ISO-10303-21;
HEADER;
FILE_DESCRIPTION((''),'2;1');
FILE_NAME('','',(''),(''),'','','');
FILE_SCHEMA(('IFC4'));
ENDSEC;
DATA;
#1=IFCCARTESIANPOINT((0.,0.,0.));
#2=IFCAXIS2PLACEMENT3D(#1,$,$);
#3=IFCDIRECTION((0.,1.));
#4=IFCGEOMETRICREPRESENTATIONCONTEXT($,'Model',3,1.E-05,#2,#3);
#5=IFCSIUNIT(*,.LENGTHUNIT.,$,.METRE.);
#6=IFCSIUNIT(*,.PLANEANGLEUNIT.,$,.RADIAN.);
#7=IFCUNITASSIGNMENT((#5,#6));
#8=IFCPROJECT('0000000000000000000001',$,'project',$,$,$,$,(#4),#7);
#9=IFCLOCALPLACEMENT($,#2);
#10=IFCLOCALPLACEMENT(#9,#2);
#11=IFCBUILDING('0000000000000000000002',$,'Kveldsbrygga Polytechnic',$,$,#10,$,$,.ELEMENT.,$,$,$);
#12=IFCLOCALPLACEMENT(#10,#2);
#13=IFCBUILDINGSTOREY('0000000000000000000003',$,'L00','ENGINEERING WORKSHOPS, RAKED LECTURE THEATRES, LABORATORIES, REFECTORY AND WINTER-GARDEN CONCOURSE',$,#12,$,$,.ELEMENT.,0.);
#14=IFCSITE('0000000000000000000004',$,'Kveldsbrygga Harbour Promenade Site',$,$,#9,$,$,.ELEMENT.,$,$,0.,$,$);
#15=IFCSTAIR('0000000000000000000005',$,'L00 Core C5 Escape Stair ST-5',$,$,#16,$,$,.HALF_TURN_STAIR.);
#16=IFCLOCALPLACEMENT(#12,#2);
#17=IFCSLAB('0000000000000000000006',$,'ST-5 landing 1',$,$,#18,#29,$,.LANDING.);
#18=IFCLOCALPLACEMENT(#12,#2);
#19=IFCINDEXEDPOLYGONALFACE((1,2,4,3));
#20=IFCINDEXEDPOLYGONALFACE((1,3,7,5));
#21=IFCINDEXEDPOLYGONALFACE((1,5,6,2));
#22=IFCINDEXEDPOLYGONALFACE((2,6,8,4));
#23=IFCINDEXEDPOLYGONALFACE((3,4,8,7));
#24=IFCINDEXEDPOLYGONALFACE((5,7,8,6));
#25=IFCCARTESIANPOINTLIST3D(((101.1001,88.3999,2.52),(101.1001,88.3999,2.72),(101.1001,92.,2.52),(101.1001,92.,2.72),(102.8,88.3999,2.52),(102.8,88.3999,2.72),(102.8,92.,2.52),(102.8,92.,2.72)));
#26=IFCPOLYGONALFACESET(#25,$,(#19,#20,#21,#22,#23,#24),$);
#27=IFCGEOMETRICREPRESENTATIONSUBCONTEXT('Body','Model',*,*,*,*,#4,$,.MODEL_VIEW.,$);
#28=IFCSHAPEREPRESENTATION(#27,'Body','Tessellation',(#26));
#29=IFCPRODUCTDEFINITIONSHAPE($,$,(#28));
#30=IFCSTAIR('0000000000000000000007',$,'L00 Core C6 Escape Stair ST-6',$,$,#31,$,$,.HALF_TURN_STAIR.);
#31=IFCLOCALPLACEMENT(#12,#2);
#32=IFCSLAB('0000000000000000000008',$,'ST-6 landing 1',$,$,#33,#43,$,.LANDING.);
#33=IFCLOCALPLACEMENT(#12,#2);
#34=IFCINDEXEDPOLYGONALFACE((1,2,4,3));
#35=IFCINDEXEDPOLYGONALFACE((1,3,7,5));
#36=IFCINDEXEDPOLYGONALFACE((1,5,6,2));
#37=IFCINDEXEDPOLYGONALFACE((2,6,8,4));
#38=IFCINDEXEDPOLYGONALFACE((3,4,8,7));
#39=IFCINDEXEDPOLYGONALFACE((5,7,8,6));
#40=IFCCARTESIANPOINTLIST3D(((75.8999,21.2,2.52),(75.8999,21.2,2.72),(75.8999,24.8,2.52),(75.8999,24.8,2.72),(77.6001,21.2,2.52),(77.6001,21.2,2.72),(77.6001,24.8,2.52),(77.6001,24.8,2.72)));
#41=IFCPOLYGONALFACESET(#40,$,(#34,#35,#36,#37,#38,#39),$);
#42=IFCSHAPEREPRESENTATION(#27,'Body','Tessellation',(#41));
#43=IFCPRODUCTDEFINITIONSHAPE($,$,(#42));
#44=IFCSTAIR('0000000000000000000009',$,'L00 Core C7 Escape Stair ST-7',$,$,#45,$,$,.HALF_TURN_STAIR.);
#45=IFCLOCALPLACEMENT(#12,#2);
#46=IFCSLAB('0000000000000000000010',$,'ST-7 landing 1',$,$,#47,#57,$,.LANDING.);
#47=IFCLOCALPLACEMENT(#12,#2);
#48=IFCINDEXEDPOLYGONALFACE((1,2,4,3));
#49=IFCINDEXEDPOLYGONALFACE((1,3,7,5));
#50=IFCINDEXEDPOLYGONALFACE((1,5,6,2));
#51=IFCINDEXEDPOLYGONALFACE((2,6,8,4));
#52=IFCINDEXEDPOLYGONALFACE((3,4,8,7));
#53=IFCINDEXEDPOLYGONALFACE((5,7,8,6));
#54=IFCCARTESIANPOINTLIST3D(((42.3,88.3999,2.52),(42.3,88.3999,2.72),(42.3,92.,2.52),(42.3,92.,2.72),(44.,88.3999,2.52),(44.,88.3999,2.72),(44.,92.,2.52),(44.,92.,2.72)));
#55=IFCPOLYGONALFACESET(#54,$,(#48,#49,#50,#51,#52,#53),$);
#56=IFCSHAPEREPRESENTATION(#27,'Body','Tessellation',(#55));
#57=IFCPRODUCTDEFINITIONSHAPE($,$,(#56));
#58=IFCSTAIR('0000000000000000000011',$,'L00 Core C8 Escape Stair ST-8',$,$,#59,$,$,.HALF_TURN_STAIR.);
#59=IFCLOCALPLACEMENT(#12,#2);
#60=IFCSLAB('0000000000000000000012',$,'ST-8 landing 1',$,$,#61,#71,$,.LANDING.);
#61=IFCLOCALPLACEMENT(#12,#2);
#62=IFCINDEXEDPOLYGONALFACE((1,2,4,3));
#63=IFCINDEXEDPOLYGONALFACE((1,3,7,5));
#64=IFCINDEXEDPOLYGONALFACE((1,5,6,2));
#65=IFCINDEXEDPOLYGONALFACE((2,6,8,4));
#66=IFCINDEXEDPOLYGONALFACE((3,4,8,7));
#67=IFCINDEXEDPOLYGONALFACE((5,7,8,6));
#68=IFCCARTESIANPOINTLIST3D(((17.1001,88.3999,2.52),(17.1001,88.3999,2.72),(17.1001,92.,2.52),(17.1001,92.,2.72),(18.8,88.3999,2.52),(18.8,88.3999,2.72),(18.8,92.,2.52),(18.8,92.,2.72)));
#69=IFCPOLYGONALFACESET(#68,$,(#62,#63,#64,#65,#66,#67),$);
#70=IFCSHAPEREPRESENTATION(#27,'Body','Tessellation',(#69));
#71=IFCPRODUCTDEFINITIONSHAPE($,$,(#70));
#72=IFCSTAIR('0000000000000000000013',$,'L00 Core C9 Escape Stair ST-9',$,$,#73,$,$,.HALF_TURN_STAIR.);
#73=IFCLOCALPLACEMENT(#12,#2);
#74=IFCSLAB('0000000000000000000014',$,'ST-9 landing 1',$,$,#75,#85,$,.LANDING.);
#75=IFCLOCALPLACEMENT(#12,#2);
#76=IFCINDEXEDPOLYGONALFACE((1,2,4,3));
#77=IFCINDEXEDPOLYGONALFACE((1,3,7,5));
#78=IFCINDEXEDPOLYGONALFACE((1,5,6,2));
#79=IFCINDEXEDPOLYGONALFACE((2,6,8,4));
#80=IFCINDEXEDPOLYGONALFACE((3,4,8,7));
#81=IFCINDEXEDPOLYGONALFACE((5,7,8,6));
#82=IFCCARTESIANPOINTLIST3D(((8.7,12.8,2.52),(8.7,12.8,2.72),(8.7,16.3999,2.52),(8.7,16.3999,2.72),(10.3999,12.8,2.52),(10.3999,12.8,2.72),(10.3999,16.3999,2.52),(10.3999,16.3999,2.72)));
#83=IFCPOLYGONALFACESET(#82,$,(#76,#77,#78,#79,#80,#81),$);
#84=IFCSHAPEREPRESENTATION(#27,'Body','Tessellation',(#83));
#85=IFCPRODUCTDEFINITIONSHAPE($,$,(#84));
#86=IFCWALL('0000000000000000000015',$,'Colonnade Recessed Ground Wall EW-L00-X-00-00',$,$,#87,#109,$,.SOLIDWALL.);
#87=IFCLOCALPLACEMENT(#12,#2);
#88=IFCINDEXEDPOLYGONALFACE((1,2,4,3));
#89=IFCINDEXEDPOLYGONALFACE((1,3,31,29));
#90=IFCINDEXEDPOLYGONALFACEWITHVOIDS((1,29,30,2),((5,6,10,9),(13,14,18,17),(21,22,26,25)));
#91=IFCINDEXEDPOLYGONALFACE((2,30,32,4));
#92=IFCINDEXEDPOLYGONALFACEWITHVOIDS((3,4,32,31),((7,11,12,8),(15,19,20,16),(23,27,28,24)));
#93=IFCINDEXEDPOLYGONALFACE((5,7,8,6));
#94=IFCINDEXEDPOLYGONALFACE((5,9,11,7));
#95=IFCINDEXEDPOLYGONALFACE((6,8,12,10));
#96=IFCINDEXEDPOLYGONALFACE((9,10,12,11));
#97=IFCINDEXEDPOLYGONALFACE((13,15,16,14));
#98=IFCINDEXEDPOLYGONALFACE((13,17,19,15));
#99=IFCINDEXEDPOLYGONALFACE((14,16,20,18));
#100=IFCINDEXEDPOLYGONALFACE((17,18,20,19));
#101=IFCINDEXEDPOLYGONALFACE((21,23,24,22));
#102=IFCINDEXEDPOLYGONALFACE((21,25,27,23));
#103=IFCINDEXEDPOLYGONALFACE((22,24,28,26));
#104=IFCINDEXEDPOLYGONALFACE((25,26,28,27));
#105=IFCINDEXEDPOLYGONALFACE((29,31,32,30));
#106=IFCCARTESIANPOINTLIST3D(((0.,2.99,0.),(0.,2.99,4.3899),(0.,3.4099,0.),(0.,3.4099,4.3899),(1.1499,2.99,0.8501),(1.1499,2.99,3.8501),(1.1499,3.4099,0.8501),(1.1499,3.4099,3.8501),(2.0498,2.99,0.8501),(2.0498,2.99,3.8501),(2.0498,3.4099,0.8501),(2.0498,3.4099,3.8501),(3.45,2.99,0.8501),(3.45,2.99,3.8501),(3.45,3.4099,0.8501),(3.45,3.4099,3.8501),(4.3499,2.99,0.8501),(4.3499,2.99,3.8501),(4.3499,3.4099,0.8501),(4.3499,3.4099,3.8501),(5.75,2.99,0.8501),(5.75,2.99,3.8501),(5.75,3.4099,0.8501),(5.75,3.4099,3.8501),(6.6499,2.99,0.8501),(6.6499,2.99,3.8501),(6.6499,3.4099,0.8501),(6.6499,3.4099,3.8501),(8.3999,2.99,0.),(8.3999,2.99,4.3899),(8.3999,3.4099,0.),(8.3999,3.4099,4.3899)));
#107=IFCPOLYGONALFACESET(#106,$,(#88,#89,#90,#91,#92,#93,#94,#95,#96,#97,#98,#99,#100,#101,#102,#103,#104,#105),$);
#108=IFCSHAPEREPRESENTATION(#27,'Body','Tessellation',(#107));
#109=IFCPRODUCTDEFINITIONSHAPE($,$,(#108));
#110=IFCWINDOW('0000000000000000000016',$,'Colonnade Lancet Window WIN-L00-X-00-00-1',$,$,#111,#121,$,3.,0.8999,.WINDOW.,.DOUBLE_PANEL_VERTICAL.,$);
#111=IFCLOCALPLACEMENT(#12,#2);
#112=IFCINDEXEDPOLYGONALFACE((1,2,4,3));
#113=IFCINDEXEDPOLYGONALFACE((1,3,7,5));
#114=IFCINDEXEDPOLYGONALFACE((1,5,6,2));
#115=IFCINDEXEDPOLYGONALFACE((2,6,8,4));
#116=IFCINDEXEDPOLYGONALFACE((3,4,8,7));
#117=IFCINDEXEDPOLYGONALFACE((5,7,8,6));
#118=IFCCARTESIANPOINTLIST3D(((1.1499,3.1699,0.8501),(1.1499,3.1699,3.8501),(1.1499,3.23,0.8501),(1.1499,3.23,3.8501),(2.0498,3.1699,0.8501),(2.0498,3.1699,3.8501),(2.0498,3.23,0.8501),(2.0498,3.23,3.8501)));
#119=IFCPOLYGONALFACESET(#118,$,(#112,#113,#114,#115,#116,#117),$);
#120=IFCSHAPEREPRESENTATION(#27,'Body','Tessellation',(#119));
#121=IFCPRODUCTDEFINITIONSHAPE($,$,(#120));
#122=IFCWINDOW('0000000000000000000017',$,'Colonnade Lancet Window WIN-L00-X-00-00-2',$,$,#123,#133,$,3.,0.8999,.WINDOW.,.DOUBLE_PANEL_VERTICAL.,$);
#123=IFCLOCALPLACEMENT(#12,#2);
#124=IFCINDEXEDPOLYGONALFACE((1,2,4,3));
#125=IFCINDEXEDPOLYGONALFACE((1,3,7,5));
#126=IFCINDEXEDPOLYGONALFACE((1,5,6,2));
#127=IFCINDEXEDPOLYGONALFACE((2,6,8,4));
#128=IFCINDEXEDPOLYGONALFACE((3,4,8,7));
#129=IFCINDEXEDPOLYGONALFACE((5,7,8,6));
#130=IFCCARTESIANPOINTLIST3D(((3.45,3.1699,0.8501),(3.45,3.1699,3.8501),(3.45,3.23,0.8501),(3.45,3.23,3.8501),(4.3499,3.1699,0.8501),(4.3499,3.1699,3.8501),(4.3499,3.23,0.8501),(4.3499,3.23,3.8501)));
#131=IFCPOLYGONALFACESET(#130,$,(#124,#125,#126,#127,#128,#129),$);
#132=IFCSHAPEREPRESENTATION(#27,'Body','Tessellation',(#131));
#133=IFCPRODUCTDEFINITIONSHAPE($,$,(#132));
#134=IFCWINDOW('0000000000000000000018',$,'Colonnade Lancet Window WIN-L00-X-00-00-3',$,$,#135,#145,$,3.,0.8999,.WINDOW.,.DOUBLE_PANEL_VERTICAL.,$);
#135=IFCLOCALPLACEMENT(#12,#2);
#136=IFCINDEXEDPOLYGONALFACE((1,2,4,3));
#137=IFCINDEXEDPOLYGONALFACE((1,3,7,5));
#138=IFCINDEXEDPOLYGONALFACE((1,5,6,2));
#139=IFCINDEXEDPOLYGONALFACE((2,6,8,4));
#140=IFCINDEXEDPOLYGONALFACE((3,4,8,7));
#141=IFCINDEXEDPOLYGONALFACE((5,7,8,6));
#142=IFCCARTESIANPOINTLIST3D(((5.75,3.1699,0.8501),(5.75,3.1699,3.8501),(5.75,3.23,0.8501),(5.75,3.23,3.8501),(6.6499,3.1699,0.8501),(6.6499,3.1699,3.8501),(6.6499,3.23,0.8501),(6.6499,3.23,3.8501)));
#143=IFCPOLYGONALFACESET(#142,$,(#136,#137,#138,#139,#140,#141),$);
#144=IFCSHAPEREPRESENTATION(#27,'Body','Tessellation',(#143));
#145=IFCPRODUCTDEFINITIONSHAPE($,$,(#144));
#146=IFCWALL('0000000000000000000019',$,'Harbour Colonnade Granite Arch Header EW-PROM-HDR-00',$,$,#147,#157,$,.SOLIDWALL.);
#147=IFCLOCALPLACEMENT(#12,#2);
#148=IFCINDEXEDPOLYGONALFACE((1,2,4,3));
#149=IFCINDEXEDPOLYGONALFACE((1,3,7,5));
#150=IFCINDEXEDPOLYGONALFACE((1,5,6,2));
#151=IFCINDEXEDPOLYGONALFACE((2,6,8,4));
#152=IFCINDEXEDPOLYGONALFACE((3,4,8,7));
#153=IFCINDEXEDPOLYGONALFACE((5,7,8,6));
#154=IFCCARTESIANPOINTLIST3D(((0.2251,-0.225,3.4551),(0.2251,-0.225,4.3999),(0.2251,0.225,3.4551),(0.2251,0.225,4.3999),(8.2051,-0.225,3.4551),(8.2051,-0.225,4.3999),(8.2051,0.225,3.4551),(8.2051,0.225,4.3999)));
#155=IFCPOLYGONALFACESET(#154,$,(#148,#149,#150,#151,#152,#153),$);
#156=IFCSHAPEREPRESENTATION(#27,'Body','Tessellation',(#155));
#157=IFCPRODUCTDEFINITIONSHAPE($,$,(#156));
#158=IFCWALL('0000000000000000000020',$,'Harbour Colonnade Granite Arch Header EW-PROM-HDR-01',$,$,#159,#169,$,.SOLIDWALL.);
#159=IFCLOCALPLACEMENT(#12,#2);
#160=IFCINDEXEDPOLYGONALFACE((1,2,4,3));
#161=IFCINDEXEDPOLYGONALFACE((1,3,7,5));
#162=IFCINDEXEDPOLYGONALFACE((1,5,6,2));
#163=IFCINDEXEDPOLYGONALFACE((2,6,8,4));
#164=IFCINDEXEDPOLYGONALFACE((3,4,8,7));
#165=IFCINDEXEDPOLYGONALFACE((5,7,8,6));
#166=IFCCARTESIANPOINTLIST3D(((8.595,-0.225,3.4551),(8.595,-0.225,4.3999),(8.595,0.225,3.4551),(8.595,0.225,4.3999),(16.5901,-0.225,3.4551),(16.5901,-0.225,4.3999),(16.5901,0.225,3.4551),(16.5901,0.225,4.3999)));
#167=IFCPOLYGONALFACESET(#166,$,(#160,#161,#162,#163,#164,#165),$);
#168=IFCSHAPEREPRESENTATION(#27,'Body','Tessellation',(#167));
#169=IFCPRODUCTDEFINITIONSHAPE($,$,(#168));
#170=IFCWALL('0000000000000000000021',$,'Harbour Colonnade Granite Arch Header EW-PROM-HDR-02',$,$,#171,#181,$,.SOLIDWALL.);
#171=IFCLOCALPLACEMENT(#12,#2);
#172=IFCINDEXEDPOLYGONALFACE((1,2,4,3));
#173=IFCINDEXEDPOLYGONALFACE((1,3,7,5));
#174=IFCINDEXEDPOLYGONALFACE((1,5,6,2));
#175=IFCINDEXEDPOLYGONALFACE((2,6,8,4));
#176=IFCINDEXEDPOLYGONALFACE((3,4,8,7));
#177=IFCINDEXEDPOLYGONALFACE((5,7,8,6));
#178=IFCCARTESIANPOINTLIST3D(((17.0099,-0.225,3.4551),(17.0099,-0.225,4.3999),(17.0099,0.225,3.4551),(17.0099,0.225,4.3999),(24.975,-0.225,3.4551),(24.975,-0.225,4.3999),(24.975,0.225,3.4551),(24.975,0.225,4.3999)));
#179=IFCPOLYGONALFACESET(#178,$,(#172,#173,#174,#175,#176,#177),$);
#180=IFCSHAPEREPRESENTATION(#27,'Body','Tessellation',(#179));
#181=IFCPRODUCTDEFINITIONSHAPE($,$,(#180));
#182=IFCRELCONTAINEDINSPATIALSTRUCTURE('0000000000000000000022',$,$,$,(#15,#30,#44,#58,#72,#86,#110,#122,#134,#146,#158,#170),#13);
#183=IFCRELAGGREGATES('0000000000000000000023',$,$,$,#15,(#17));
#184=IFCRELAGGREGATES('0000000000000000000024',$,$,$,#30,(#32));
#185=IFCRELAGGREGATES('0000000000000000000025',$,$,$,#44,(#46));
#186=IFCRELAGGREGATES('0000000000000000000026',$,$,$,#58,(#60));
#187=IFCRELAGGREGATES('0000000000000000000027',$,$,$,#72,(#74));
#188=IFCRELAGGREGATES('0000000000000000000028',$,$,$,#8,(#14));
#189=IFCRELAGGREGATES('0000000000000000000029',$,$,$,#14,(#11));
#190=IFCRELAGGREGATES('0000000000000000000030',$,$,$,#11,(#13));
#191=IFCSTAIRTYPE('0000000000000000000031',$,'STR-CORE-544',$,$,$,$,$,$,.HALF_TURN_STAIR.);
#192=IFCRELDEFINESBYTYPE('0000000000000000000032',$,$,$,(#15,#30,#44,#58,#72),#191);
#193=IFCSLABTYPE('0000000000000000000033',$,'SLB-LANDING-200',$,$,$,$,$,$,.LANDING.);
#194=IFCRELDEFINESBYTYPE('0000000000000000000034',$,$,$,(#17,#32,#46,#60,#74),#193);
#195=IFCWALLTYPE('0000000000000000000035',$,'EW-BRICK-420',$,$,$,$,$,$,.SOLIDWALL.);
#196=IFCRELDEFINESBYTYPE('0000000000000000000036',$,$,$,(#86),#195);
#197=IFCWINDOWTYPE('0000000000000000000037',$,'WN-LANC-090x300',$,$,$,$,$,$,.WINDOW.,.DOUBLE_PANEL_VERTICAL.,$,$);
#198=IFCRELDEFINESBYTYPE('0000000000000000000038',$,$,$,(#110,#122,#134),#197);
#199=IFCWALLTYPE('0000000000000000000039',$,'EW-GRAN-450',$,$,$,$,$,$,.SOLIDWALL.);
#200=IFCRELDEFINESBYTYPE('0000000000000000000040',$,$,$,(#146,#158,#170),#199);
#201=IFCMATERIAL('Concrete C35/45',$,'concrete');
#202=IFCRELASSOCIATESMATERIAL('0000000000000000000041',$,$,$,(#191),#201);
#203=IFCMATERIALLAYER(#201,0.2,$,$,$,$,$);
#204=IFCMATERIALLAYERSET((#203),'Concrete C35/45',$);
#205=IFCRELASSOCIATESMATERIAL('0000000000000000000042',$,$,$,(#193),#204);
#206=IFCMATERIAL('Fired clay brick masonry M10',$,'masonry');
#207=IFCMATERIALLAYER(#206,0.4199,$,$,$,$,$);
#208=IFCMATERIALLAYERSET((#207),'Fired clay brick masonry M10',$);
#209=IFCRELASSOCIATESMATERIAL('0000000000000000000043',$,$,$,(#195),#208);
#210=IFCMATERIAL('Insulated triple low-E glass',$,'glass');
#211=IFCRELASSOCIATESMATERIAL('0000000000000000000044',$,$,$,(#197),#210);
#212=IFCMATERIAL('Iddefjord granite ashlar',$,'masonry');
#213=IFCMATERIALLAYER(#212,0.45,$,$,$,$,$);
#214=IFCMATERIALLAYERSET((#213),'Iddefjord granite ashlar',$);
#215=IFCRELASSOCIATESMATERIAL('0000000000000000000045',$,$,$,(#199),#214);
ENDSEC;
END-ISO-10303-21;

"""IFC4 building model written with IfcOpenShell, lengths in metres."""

from ifc_helpers import new_model, si_unit, direction, frame, frame_2d, origin, place, context, subcontext, project, spatial, polyline, rectangle, outline, extrude, material, layer, layer_set, type_object, element, fill, aggregate, save


model = new_model("IFC4")

# Units and contexts
model_context = context("Model", 3, precision=1e-05, world=origin(), true_north=direction((0.0, 1.0)))
body_context = subcontext(model_context, "Body", "Model", "MODEL_VIEW")
ifc_project = project(units=[si_unit("LENGTHUNIT", "METRE"), si_unit("PLANEANGLEUNIT", "RADIAN")], contexts=[model_context])

# Site, building, storey
site_placement = place(None, origin())
site = spatial("IfcSite", under=ifc_project, at=site_placement, Name="Kveldsbrygga Harbour Promenade Site", CompositionType="ELEMENT", RefElevation=0.0)
building_placement = place(site_placement, origin())
building = spatial("IfcBuilding", under=site, at=building_placement, Name="Kveldsbrygga Polytechnic", CompositionType="ELEMENT")
storey_placement = place(building_placement, origin())
storey = spatial("IfcBuildingStorey", under=building, at=storey_placement, Name="L00", Description="ENGINEERING WORKSHOPS, RAKED LECTURE THEATRES, LABORATORIES, REFECTORY AND WINTER-GARDEN CONCOURSE", CompositionType="ELEMENT", Elevation=0.0)

# Shared definitions
ifc_material_1 = material(Name="Concrete C35/45", Category="concrete")

# Stairs, slabs
stair_type = type_object("IfcStairType", Name="STR-CORE-544", PredefinedType="HALF_TURN_STAIR", material=ifc_material_1)
stair_1_placement = place(storey_placement, origin())
stair_1 = element("IfcStair", 1, at=stair_1_placement, inside=storey, type_object=stair_type, Name="L00 Core C5 Escape Stair ST-5", PredefinedType="HALF_TURN_STAIR")
ifc_layer_1 = layer(ifc_material_1, 0.2)
ifc_layer_set_1 = layer_set([ifc_layer_1], Name="Concrete C35/45")
slab_type = type_object("IfcSlabType", Name="SLB-LANDING-200", PredefinedType="LANDING", material=ifc_layer_set_1)
slab_1_placement = place(storey_placement, frame((0.0, 0.0, 2.52)))
slab_1 = element("IfcSlab", 2, at=slab_1_placement, type_object=slab_type, Name="ST-5 landing 1", PredefinedType="LANDING", context=body_context, shape_type="SweptSolid", body=[
    extrude(outline(polyline([(102.8, 92.0), (101.1001, 92.0), (101.1001, 88.3999), (102.8, 88.3999), (102.8, 92.0)])), origin(), (0.0, 0.0, 1.0), 0.2),
])
aggregate(stair_1, [slab_1])
stair_2_placement = place(storey_placement, origin())
stair_2 = element("IfcStair", 3, at=stair_2_placement, inside=storey, type_object=stair_type, Name="L00 Core C6 Escape Stair ST-6", PredefinedType="HALF_TURN_STAIR")
slab_2_placement = place(storey_placement, frame((0.0, 0.0, 2.52)))
slab_2 = element("IfcSlab", 4, at=slab_2_placement, type_object=slab_type, Name="ST-6 landing 1", PredefinedType="LANDING", context=body_context, shape_type="SweptSolid", body=[
    extrude(outline(polyline([(77.6001, 24.8), (75.8999, 24.8), (75.8999, 21.2), (77.6001, 21.2), (77.6001, 24.8)])), origin(), (0.0, 0.0, 1.0), 0.2),
])
aggregate(stair_2, [slab_2])
stair_3_placement = place(storey_placement, origin())
stair_3 = element("IfcStair", 5, at=stair_3_placement, inside=storey, type_object=stair_type, Name="L00 Core C7 Escape Stair ST-7", PredefinedType="HALF_TURN_STAIR")
slab_3_placement = place(storey_placement, frame((0.0, 0.0, 2.52)))
slab_3 = element("IfcSlab", 6, at=slab_3_placement, type_object=slab_type, Name="ST-7 landing 1", PredefinedType="LANDING", context=body_context, shape_type="SweptSolid", body=[
    extrude(outline(polyline([(44.0, 92.0), (42.3, 92.0), (42.3, 88.3999), (44.0, 88.3999), (44.0, 92.0)])), origin(), (0.0, 0.0, 1.0), 0.2),
])
aggregate(stair_3, [slab_3])
stair_4_placement = place(storey_placement, origin())
stair_4 = element("IfcStair", 7, at=stair_4_placement, inside=storey, type_object=stair_type, Name="L00 Core C8 Escape Stair ST-8", PredefinedType="HALF_TURN_STAIR")
slab_4_placement = place(storey_placement, frame((0.0, 0.0, 2.52)))
slab_4 = element("IfcSlab", 8, at=slab_4_placement, type_object=slab_type, Name="ST-8 landing 1", PredefinedType="LANDING", context=body_context, shape_type="SweptSolid", body=[
    extrude(outline(polyline([(18.8, 92.0), (17.1001, 92.0), (17.1001, 88.3999), (18.8, 88.3999), (18.8, 92.0)])), origin(), (0.0, 0.0, 1.0), 0.2),
])
aggregate(stair_4, [slab_4])
stair_5_placement = place(storey_placement, origin())
stair_5 = element("IfcStair", 9, at=stair_5_placement, inside=storey, type_object=stair_type, Name="L00 Core C9 Escape Stair ST-9", PredefinedType="HALF_TURN_STAIR")
slab_5_placement = place(storey_placement, frame((0.0, 0.0, 2.52)))
slab_5 = element("IfcSlab", 10, at=slab_5_placement, type_object=slab_type, Name="ST-9 landing 1", PredefinedType="LANDING", context=body_context, shape_type="SweptSolid", body=[
    extrude(outline(polyline([(10.3999, 16.3999), (8.7, 16.3999), (8.7, 12.8), (10.3999, 12.8), (10.3999, 16.3999)])), origin(), (0.0, 0.0, 1.0), 0.2),
])
aggregate(stair_5, [slab_5])

# Wall, openings, windows
ifc_material_2 = material(Name="Fired clay brick masonry M10", Category="masonry")
ifc_layer_2 = layer(ifc_material_2, 0.4199)
ifc_layer_set_2 = layer_set([ifc_layer_2], Name="Fired clay brick masonry M10")
wall_type_1 = type_object("IfcWallType", Name="EW-BRICK-420", PredefinedType="SOLIDWALL", material=ifc_layer_set_2)
wall_1_placement = place(storey_placement, frame((0.0, 3.2, 0.0), z_axis=(0.0, 0.0, 1.0), x_axis=(1.0, 0.0, 0.0)))
wall_1 = element("IfcWall", 11, at=wall_1_placement, inside=storey, type_object=wall_type_1, Name="Colonnade Recessed Ground Wall EW-L00-X-00-00", PredefinedType="SOLIDWALL", context=body_context, shape_type="SweptSolid", body=[
    extrude(rectangle(XDim=8.3999, YDim=0.4199, at=frame_2d((4.2, 0.0))), origin(), (0.0, 0.0, 1.0), 4.3899),
])
opening_1_placement = place(wall_1_placement, frame((1.1499, 0.0, 0.8501)))
opening_1 = element("IfcOpeningElement", 12, at=opening_1_placement, cuts=wall_1, PredefinedType="OPENING", context=body_context, shape_type="SweptSolid", body=[
    extrude(rectangle(XDim=0.8999, YDim=3.0, at=frame_2d((0.45, 1.5))), frame((0.0, 0.22, 0.0), z_axis=(0.0, -1.0, 0.0), x_axis=(1.0, 0.0, 0.0)), (0.0, 0.0, 1.0), 0.4399),
])
opening_2_placement = place(wall_1_placement, frame((3.45, 0.0, 0.8501)))
opening_2 = element("IfcOpeningElement", 13, at=opening_2_placement, cuts=wall_1, PredefinedType="OPENING", context=body_context, shape_type="SweptSolid", body=[
    extrude(rectangle(XDim=0.8999, YDim=3.0, at=frame_2d((0.45, 1.5))), frame((0.0, 0.22, 0.0), z_axis=(0.0, -1.0, 0.0), x_axis=(1.0, 0.0, 0.0)), (0.0, 0.0, 1.0), 0.4399),
])
opening_3_placement = place(wall_1_placement, frame((5.75, 0.0, 0.8501)))
opening_3 = element("IfcOpeningElement", 14, at=opening_3_placement, cuts=wall_1, PredefinedType="OPENING", context=body_context, shape_type="SweptSolid", body=[
    extrude(rectangle(XDim=0.8999, YDim=3.0, at=frame_2d((0.45, 1.5))), frame((0.0, 0.22, 0.0), z_axis=(0.0, -1.0, 0.0), x_axis=(1.0, 0.0, 0.0)), (0.0, 0.0, 1.0), 0.4399),
])
ifc_material_3 = material(Name="Insulated triple low-E glass", Category="glass")
window_type = type_object("IfcWindowType", Name="WN-LANC-090x300", PartitioningType="DOUBLE_PANEL_VERTICAL", PredefinedType="WINDOW", material=ifc_material_3)
window_1_placement = place(opening_1_placement, origin())
window_1 = element("IfcWindow", 15, at=window_1_placement, inside=storey, type_object=window_type, Name="Colonnade Lancet Window WIN-L00-X-00-00-1", OverallHeight=3.0, OverallWidth=0.8999, PartitioningType="DOUBLE_PANEL_VERTICAL", PredefinedType="WINDOW", context=body_context, shape_type="SweptSolid", body=[
    extrude(rectangle(XDim=0.8999, YDim=3.0, at=frame_2d((0.45, 1.5))), frame((0.0, 0.03, 0.0), z_axis=(0.0, -1.0, 0.0), x_axis=(1.0, 0.0, 0.0)), (0.0, 0.0, 1.0), 0.0601),
])
fill(opening_1, window_1)
window_2_placement = place(opening_2_placement, origin())
window_2 = element("IfcWindow", 16, at=window_2_placement, inside=storey, type_object=window_type, Name="Colonnade Lancet Window WIN-L00-X-00-00-2", OverallHeight=3.0, OverallWidth=0.8999, PartitioningType="DOUBLE_PANEL_VERTICAL", PredefinedType="WINDOW", context=body_context, shape_type="SweptSolid", body=[
    extrude(rectangle(XDim=0.8999, YDim=3.0, at=frame_2d((0.45, 1.5))), frame((0.0, 0.03, 0.0), z_axis=(0.0, -1.0, 0.0), x_axis=(1.0, 0.0, 0.0)), (0.0, 0.0, 1.0), 0.0601),
])
fill(opening_2, window_2)
window_3_placement = place(opening_3_placement, origin())
window_3 = element("IfcWindow", 17, at=window_3_placement, inside=storey, type_object=window_type, Name="Colonnade Lancet Window WIN-L00-X-00-00-3", OverallHeight=3.0, OverallWidth=0.8999, PartitioningType="DOUBLE_PANEL_VERTICAL", PredefinedType="WINDOW", context=body_context, shape_type="SweptSolid", body=[
    extrude(rectangle(XDim=0.8999, YDim=3.0, at=frame_2d((0.45, 1.5))), frame((0.0, 0.03, 0.0), z_axis=(0.0, -1.0, 0.0), x_axis=(1.0, 0.0, 0.0)), (0.0, 0.0, 1.0), 0.0601),
])
fill(opening_3, window_3)

# Walls
ifc_material_4 = material(Name="Iddefjord granite ashlar", Category="masonry")
ifc_layer_3 = layer(ifc_material_4, 0.45)
ifc_layer_set_3 = layer_set([ifc_layer_3], Name="Iddefjord granite ashlar")
wall_type_2 = type_object("IfcWallType", Name="EW-GRAN-450", PredefinedType="SOLIDWALL", material=ifc_layer_set_3)
wall_2_placement = place(storey_placement, frame((0.2251, 0.0, 3.4551), z_axis=(0.0, 0.0, 1.0), x_axis=(1.0, 0.0, 0.0)))
element("IfcWall", 18, at=wall_2_placement, inside=storey, type_object=wall_type_2, Name="Harbour Colonnade Granite Arch Header EW-PROM-HDR-00", PredefinedType="SOLIDWALL", context=body_context, shape_type="SweptSolid", body=[
    extrude(rectangle(XDim=7.98, YDim=0.45, at=frame_2d((3.99, 0.0))), origin(), (0.0, 0.0, 1.0), 0.9448),
])
wall_3_placement = place(storey_placement, frame((8.595, 0.0, 3.4551), z_axis=(0.0, 0.0, 1.0), x_axis=(1.0, 0.0, 0.0)))
element("IfcWall", 19, at=wall_3_placement, inside=storey, type_object=wall_type_2, Name="Harbour Colonnade Granite Arch Header EW-PROM-HDR-01", PredefinedType="SOLIDWALL", context=body_context, shape_type="SweptSolid", body=[
    extrude(rectangle(XDim=7.9951, YDim=0.45, at=frame_2d((3.9976, 0.0))), origin(), (0.0, 0.0, 1.0), 0.9448),
])
wall_4_placement = place(storey_placement, frame((17.01, 0.0, 3.4551), z_axis=(0.0, 0.0, 1.0), x_axis=(1.0, 0.0, 0.0)))
element("IfcWall", 20, at=wall_4_placement, inside=storey, type_object=wall_type_2, Name="Harbour Colonnade Granite Arch Header EW-PROM-HDR-02", PredefinedType="SOLIDWALL", context=body_context, shape_type="SweptSolid", body=[
    extrude(rectangle(XDim=7.9651, YDim=0.45, at=frame_2d((3.9824, 0.0))), origin(), (0.0, 0.0, 1.0), 0.9448),
])

save(model, "model.ifc")
